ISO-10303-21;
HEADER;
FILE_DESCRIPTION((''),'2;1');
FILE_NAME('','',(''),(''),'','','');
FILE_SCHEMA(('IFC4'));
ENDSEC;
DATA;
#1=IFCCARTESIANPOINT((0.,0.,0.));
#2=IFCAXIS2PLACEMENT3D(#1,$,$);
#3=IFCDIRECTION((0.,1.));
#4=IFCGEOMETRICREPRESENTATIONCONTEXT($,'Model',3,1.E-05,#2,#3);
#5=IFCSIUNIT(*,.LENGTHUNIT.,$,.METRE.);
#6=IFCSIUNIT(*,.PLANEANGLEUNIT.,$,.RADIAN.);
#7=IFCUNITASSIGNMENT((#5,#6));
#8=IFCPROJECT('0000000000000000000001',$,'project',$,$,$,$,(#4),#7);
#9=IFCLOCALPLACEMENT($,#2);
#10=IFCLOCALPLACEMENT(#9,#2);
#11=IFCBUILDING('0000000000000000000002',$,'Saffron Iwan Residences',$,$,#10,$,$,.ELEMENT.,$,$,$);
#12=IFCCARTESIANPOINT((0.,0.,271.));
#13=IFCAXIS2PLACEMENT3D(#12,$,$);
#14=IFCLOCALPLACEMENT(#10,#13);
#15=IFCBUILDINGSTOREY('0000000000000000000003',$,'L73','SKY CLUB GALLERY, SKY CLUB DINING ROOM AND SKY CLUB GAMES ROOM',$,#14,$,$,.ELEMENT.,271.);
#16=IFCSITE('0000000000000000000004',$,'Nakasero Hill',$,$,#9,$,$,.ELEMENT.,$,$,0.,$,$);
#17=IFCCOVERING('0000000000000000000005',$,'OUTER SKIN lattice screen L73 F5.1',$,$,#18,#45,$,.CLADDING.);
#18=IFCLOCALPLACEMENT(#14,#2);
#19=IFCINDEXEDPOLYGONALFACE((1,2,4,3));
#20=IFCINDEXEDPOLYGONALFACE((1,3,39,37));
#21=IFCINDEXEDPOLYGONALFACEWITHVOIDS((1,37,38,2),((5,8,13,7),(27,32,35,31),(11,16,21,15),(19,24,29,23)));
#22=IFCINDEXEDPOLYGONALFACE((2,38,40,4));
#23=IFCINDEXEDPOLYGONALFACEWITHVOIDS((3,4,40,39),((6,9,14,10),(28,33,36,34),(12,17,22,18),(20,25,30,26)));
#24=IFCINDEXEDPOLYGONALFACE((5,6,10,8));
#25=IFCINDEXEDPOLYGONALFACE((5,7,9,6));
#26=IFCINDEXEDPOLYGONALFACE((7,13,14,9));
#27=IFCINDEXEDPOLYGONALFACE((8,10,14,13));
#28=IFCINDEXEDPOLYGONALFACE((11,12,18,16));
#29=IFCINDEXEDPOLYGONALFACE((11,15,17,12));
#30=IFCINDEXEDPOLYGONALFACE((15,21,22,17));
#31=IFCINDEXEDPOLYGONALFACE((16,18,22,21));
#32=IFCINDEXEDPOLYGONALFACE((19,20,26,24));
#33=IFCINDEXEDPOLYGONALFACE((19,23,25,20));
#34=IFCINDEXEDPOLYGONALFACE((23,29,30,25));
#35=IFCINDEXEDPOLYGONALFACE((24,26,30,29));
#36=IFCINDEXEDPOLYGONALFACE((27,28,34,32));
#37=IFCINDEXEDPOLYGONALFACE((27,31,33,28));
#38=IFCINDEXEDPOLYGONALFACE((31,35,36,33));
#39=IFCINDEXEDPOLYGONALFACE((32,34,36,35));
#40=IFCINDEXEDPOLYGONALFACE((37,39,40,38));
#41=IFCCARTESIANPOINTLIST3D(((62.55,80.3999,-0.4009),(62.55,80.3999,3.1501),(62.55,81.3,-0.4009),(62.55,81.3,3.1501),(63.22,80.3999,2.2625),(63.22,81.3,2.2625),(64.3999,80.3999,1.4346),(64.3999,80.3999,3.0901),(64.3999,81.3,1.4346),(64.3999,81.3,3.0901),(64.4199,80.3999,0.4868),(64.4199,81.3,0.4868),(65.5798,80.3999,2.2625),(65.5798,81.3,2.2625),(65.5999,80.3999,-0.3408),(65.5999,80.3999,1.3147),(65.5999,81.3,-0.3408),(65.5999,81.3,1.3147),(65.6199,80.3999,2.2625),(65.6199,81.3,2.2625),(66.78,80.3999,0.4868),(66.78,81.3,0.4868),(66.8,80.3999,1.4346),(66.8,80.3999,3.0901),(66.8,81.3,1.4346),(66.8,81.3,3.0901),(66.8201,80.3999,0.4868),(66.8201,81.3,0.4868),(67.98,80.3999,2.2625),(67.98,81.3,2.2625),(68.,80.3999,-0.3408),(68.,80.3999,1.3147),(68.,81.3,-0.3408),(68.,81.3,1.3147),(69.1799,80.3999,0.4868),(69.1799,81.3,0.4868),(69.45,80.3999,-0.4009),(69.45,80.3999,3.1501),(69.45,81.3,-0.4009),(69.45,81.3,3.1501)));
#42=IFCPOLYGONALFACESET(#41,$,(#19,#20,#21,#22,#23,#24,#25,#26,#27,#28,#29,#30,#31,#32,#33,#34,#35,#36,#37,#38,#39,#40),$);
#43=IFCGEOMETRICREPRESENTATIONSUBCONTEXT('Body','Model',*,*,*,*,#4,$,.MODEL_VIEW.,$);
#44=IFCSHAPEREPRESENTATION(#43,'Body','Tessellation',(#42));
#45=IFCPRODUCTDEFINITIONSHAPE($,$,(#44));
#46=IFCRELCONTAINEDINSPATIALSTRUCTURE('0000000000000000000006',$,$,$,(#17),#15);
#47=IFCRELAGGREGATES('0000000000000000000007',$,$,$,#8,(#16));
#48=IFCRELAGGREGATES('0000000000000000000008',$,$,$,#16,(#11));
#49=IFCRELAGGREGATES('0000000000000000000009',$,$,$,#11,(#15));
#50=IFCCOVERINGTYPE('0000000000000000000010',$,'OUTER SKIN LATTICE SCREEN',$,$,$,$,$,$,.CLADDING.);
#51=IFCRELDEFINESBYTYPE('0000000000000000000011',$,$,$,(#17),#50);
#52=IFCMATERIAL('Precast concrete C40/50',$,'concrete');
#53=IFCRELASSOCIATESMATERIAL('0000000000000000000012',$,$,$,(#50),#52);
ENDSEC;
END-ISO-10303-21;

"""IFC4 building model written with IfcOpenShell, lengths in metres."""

from ifc_helpers import new_model, si_unit, direction, frame, origin, place, context, subcontext, project, spatial, polyline, outline, extrude, material, type_object, element, save


model = new_model("IFC4")

# Units and contexts
model_context = context("Model", 3, precision=1e-05, world=origin(), true_north=direction((0.0, 1.0)))
body_context = subcontext(model_context, "Body", "Model", "MODEL_VIEW")
ifc_project = project(units=[si_unit("LENGTHUNIT", "METRE"), si_unit("PLANEANGLEUNIT", "RADIAN")], contexts=[model_context])

# Site, building, storey
site_placement = place(None, origin())
site = spatial("IfcSite", under=ifc_project, at=site_placement, Name="Nakasero Hill", CompositionType="ELEMENT", RefElevation=0.0)
building_placement = place(site_placement, origin())
building = spatial("IfcBuilding", under=site, at=building_placement, Name="Saffron Iwan Residences", CompositionType="ELEMENT")
storey_placement = place(building_placement, frame((0.0, 0.0, 271.0)))
storey = spatial("IfcBuildingStorey", under=building, at=storey_placement, Name="L73", Description="SKY CLUB GALLERY, SKY CLUB DINING ROOM AND SKY CLUB GAMES ROOM", CompositionType="ELEMENT", Elevation=271.0)

# Covering
ifc_material_1 = material(Name="Precast concrete C40/50", Category="concrete")
covering_type = type_object("IfcCoveringType", Name="OUTER SKIN LATTICE SCREEN", PredefinedType="CLADDING", material=ifc_material_1)
covering_placement = place(storey_placement, frame((69.45, 80.3999, -0.4009), z_axis=(0.0, 1.0, 0.0), x_axis=(-1.0, 0.0, 0.0)))
element("IfcCovering", 1, at=covering_placement, inside=storey, type_object=covering_type, Name="OUTER SKIN lattice screen L73 F5.1", PredefinedType="CLADDING", context=body_context, shape_type="SweptSolid", body=[
    extrude(outline(polyline([(0.0, 0.0), (6.8999, 0.0), (6.8999, 3.551), (0.0, 3.551), (0.0, 0.0)]), holes=[polyline([(0.27, 0.8877), (1.45, 0.0601), (2.6299, 0.8877), (1.45, 1.7156), (0.27, 0.8877)]), polyline([(2.6699, 0.8877), (3.8501, 0.0601), (5.03, 0.8877), (3.8501, 1.7156), (2.6699, 0.8877)]), polyline([(1.47, 2.6633), (2.6499, 1.8354), (3.8301, 2.6633), (2.6499, 3.491), (1.47, 2.6633)]), polyline([(3.8701, 2.6633), (5.05, 1.8354), (6.23, 2.6633), (5.05, 3.491), (3.8701, 2.6633)])]), origin(), (0.0, 0.0, 1.0), 0.9001),
])

save(model, "model.ifc")
